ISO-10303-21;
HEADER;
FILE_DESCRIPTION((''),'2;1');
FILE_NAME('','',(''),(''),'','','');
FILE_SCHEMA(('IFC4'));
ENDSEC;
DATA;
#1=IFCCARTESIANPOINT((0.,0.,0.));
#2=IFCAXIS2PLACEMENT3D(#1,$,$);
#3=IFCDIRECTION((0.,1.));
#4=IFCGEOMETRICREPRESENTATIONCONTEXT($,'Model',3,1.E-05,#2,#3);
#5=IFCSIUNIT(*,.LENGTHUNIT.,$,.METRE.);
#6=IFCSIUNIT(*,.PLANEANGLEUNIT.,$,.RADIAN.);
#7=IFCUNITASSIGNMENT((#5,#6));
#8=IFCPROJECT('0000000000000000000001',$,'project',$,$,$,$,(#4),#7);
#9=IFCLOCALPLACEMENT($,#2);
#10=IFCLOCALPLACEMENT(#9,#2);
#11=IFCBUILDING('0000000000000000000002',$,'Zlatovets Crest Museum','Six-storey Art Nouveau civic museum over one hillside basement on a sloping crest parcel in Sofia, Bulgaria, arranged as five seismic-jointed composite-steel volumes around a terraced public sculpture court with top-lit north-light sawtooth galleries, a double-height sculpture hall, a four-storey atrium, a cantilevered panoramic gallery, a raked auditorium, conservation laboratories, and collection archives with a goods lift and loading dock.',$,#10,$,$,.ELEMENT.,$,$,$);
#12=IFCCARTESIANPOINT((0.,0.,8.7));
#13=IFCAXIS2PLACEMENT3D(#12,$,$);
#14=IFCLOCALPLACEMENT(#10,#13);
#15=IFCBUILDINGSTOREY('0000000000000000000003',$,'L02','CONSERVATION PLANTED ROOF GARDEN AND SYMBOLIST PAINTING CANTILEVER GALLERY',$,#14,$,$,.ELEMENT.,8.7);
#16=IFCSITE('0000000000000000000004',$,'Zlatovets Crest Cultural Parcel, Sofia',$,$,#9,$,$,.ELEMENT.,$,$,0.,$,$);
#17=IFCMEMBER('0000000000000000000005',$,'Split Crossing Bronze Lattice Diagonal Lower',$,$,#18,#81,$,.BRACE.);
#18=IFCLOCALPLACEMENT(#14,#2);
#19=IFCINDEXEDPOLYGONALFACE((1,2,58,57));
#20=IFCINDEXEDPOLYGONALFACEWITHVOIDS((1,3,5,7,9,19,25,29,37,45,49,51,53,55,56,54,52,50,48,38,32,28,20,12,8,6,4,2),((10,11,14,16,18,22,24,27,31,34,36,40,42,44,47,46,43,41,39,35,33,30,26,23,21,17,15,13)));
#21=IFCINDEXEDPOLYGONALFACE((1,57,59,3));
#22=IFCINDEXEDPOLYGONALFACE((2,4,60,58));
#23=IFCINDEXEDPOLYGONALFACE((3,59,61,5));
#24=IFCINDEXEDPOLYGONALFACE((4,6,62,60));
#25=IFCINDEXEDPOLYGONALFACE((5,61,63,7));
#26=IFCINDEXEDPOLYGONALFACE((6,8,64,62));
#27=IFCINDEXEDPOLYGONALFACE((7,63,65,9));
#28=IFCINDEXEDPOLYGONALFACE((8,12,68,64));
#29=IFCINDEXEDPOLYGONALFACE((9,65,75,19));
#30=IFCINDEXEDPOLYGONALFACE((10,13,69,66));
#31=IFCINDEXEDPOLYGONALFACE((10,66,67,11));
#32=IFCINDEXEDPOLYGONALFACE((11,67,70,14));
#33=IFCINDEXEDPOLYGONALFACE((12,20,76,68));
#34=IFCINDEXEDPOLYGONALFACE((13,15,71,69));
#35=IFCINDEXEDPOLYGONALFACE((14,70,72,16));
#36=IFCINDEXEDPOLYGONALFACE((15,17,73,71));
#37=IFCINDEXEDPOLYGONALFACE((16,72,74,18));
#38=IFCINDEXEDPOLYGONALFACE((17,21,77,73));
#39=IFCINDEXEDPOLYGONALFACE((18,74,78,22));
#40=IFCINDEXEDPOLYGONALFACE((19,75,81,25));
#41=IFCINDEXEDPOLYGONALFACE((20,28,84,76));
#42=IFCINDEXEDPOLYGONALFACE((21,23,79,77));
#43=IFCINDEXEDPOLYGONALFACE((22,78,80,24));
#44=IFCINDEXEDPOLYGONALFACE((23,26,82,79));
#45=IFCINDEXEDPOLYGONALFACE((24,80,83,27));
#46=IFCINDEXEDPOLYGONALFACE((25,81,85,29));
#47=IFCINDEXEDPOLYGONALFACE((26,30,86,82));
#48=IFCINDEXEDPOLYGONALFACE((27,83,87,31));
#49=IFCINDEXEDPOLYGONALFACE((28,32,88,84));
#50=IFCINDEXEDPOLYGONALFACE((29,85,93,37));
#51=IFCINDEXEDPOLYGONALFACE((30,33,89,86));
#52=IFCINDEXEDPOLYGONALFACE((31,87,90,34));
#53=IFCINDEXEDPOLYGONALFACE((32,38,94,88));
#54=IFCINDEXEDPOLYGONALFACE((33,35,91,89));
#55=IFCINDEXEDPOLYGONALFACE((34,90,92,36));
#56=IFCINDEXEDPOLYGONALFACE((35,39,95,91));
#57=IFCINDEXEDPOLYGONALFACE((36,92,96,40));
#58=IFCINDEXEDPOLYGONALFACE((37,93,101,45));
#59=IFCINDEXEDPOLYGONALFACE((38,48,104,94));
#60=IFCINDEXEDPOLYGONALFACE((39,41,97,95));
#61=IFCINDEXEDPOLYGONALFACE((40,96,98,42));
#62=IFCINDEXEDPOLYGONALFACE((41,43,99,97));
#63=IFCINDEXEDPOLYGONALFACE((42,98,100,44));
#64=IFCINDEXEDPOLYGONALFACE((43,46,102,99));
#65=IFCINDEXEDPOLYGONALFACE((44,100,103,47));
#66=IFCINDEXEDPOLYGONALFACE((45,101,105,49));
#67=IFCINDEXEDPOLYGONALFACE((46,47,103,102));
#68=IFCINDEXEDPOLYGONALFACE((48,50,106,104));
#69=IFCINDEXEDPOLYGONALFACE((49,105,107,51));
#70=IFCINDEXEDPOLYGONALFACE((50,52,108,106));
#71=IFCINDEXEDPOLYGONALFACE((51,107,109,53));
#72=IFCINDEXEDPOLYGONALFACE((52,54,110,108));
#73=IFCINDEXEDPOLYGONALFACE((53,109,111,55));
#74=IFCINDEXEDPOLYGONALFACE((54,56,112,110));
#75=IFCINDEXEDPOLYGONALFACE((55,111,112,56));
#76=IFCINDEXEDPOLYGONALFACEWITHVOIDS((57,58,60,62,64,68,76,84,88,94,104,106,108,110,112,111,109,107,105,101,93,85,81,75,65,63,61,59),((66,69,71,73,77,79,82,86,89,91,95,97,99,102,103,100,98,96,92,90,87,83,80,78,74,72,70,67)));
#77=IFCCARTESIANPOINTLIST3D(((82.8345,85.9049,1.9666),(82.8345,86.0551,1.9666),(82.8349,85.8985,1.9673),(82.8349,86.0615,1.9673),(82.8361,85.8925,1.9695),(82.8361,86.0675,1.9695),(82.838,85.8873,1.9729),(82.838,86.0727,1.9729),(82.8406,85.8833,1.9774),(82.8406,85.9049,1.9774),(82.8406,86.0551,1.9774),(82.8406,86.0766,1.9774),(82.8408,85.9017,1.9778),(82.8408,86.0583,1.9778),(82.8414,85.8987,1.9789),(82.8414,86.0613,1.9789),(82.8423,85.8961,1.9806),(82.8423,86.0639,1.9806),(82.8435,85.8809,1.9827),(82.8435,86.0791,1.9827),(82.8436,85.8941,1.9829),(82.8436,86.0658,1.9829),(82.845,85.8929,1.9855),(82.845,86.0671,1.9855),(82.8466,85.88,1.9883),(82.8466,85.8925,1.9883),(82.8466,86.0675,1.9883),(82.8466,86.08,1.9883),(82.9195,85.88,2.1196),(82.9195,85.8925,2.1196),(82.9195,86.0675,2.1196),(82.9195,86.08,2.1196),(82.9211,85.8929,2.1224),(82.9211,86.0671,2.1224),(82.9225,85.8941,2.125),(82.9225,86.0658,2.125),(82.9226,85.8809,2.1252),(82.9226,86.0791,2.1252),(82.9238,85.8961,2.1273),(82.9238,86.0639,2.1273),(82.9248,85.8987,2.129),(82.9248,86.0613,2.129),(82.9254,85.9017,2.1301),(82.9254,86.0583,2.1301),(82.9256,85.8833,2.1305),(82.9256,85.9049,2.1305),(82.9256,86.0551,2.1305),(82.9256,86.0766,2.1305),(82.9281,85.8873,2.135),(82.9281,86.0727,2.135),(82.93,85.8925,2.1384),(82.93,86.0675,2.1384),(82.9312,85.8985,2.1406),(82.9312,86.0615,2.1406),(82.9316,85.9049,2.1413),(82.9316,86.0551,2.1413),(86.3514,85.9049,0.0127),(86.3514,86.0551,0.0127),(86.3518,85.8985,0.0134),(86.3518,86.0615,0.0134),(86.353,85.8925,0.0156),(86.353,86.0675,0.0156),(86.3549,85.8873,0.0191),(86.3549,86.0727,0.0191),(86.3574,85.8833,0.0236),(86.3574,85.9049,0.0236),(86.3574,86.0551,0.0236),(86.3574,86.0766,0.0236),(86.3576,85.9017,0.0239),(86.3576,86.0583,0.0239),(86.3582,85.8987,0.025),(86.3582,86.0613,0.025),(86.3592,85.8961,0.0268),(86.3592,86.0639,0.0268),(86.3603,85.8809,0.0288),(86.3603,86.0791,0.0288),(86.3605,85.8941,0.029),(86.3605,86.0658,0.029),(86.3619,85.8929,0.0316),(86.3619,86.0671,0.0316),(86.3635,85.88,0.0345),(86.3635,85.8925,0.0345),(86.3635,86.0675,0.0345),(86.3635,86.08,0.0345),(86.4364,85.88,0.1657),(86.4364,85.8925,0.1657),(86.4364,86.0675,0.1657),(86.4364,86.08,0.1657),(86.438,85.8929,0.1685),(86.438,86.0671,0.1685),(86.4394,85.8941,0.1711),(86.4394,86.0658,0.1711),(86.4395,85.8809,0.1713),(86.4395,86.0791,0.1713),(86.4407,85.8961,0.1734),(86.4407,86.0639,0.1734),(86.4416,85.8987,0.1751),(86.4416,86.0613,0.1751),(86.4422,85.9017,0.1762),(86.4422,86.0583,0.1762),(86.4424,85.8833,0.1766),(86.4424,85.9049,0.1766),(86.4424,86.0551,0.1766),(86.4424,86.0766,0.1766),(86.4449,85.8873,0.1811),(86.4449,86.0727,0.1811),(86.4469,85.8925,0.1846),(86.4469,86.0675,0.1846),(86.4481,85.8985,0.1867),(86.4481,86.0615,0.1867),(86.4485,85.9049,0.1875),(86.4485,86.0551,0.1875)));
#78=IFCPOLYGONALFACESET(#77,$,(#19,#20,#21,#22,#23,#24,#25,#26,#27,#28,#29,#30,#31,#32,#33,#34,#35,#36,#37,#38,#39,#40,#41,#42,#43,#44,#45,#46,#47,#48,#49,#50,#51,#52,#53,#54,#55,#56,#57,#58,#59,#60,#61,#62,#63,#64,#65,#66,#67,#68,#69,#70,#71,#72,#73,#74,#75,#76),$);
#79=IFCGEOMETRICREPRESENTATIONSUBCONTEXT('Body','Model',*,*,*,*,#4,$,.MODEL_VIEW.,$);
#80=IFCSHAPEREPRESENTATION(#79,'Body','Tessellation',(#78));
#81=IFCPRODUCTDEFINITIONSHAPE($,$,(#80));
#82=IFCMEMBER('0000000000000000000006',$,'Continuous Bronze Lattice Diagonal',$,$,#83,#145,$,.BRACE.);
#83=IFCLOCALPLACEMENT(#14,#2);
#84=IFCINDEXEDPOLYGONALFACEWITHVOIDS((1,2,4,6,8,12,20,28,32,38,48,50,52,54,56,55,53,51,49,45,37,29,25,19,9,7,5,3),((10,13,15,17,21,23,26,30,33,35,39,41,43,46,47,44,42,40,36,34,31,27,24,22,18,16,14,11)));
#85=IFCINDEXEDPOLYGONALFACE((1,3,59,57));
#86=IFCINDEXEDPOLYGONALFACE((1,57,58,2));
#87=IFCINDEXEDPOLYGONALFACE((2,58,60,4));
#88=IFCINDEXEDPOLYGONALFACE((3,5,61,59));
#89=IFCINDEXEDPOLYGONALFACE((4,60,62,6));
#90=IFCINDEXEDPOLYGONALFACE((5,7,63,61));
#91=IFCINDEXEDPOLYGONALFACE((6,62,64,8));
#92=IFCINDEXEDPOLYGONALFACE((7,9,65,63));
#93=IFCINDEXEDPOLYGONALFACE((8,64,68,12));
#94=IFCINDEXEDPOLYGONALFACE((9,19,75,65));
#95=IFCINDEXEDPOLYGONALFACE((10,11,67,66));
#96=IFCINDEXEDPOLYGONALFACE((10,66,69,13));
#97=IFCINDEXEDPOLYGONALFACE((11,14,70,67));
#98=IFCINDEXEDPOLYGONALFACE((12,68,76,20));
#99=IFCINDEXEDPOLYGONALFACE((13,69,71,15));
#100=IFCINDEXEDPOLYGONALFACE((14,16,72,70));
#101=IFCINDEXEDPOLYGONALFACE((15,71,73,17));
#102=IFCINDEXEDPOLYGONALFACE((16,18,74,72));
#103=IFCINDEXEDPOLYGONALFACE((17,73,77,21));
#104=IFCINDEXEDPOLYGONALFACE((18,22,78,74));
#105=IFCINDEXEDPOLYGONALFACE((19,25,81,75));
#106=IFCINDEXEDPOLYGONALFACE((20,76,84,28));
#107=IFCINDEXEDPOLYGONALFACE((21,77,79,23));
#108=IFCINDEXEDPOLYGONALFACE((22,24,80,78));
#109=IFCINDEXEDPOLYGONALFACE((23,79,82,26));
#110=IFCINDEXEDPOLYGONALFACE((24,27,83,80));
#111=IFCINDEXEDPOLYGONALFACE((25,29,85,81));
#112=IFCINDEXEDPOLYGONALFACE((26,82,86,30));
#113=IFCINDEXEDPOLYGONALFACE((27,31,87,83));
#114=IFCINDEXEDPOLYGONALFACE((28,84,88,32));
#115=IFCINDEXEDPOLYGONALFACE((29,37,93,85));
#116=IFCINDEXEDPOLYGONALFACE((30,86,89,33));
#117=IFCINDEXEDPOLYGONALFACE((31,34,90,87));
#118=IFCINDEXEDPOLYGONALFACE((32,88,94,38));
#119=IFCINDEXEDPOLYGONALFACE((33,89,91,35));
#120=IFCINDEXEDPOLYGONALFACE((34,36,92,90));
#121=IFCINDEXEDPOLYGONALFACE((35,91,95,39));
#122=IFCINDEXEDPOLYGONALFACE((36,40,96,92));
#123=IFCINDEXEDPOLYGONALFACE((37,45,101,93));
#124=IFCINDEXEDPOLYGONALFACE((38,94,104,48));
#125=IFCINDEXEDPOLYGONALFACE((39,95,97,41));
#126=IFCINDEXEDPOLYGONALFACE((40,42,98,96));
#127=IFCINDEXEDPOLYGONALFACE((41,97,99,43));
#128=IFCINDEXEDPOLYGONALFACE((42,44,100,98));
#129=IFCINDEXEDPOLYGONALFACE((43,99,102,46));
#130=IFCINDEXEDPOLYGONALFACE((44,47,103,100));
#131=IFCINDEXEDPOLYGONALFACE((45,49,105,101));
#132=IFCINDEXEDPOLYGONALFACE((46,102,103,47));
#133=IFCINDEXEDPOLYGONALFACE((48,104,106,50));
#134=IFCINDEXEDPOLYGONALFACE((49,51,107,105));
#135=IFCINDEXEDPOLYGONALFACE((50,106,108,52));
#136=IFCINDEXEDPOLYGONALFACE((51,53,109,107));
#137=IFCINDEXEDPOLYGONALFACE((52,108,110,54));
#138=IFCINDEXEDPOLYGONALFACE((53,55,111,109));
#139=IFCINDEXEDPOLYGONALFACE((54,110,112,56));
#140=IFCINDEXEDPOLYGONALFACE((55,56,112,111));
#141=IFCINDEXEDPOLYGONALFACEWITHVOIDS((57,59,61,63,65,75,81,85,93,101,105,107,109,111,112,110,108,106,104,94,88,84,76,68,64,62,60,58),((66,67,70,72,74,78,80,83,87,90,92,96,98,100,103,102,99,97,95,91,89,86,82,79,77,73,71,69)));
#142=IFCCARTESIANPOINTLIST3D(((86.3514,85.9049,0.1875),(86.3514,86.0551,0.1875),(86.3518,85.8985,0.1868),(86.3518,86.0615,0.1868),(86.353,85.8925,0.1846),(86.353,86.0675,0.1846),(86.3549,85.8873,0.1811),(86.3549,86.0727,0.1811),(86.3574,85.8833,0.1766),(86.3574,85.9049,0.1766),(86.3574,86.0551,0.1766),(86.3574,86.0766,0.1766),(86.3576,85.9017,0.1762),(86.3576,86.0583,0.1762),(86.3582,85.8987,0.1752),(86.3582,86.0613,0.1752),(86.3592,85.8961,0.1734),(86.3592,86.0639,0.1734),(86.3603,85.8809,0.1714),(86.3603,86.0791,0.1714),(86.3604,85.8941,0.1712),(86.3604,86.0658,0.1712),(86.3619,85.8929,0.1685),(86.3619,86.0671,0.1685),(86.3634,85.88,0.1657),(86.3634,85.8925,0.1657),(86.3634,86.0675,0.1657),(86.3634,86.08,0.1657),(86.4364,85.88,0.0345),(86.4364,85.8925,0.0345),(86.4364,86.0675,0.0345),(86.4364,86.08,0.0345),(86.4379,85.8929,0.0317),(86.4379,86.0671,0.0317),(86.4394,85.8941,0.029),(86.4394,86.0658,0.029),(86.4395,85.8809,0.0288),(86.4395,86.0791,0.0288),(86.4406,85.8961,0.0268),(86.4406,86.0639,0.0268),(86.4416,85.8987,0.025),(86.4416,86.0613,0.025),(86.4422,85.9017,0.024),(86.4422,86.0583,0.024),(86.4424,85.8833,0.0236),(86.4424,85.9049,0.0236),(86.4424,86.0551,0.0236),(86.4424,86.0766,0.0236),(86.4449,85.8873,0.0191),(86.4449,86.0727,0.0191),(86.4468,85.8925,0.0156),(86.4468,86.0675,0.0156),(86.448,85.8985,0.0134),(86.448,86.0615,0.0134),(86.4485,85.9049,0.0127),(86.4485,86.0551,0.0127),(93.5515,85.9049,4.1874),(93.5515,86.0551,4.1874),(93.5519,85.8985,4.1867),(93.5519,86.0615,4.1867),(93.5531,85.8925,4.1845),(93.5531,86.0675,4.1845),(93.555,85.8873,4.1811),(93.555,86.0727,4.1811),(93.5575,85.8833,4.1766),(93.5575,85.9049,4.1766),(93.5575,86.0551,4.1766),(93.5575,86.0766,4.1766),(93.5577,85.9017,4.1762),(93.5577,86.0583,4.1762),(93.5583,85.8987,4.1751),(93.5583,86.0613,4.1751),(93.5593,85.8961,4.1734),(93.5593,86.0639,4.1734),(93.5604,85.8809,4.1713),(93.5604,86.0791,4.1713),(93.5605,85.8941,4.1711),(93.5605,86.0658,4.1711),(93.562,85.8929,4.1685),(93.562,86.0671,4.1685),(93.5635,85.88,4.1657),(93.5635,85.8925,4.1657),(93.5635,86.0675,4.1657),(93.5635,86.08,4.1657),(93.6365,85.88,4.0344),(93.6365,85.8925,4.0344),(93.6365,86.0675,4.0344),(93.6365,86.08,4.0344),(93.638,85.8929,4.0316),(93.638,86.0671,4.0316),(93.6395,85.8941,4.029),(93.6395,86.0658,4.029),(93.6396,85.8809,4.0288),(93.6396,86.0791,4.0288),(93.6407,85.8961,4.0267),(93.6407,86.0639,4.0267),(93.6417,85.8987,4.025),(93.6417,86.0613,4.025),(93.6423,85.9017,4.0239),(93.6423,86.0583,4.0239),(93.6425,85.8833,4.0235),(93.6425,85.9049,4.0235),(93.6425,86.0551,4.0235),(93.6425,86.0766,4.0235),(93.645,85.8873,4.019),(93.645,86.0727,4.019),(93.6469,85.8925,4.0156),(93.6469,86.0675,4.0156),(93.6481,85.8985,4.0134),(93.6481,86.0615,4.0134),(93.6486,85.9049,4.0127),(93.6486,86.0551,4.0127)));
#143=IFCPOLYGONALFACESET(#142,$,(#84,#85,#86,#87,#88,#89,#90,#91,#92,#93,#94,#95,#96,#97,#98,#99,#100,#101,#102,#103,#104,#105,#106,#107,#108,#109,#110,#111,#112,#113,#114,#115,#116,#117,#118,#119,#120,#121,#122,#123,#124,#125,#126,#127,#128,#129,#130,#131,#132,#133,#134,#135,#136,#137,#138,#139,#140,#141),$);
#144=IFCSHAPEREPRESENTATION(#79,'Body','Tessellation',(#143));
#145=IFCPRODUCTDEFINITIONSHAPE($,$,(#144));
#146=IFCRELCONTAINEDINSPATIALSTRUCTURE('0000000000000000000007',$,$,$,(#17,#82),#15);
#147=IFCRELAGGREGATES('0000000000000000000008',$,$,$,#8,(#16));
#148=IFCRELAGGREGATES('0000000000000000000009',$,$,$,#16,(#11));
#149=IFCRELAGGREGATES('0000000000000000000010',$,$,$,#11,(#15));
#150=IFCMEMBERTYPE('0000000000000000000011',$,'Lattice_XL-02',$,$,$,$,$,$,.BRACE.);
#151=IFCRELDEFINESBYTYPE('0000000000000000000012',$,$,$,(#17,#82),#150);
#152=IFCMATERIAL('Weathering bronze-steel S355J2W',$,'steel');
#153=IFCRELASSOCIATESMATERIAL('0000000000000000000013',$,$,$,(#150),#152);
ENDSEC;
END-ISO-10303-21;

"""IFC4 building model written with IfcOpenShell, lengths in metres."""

from ifc_helpers import new_model, si_unit, direction, frame, origin, origin_2d, place, context, subcontext, project, spatial, hollow_rectangle, extrude, material, material_profile, profile_set, type_object, element, save


model = new_model("IFC4")

# Units and contexts
model_context = context("Model", 3, precision=1e-05, world=origin(), true_north=direction((0.0, 1.0)))
body_context = subcontext(model_context, "Body", "Model", "MODEL_VIEW")
ifc_project = project(units=[si_unit("LENGTHUNIT", "METRE"), si_unit("PLANEANGLEUNIT", "RADIAN")], contexts=[model_context])

# Site, building, storey
site_placement = place(None, origin())
site = spatial("IfcSite", under=ifc_project, at=site_placement, Name="Zlatovets Crest Cultural Parcel, Sofia", CompositionType="ELEMENT", RefElevation=0.0)
building_placement = place(site_placement, origin())
building = spatial("IfcBuilding", under=site, at=building_placement, Name="Zlatovets Crest Museum", Description="Six-storey Art Nouveau civic museum over one hillside basement on a sloping crest parcel in Sofia, Bulgaria, arranged as five seismic-jointed composite-steel volumes around a terraced public sculpture court with top-lit north-light sawtooth galleries, a double-height sculpture hall, a four-storey atrium, a cantilevered panoramic gallery, a raked auditorium, conservation laboratories, and collection archives with a goods lift and loading dock.", CompositionType="ELEMENT")
storey_placement = place(building_placement, frame((0.0, 0.0, 8.7)))
storey = spatial("IfcBuildingStorey", under=building, at=storey_placement, Name="L02", Description="CONSERVATION PLANTED ROOF GARDEN AND SYMBOLIST PAINTING CANTILEVER GALLERY", CompositionType="ELEMENT", Elevation=8.7)

# Members
ifc_material_1 = material(Name="Weathering bronze-steel S355J2W", Category="steel")
ifc_material_profile_1 = material_profile(ifc_material_1, hollow_rectangle(XDim=0.2, YDim=0.2, WallThickness=0.0125, InnerFilletRadius=0.0125, OuterFilletRadius=0.0249, at=origin_2d()), Name="SHS 200x200x12.5")
ifc_profile_set_1 = profile_set([ifc_material_profile_1], Name="Weathering bronze-steel S355J2W")
member_type_1 = type_object("IfcMemberType", Name="Lattice_XL-02", PredefinedType="BRACE", material=ifc_profile_set_1)
member_1_placement = place(storey_placement, frame((82.8831, 85.98, 2.054), z_axis=(0.874152, 0.0, -0.485653), x_axis=(0.0, 1.0, 0.0)))
element("IfcMember", 1, at=member_1_placement, inside=storey, type_object=member_type_1, Name="Split Crossing Bronze Lattice Diagonal Lower", PredefinedType="BRACE", context=body_context, shape_type="SweptSolid", body=[
    extrude(hollow_rectangle(XDim=0.2, YDim=0.2, WallThickness=0.0125, InnerFilletRadius=0.0125, OuterFilletRadius=0.0249, at=origin_2d()), origin(), (0.0, 0.0, 1.0), 4.0232),
])
member_2_placement = place(storey_placement, frame((86.3999, 85.98, 0.1001), z_axis=(0.874163, 0.0, 0.485633), x_axis=(0.0, 1.0, 0.0)))
element("IfcMember", 2, at=member_2_placement, inside=storey, type_object=member_type_1, Name="Continuous Bronze Lattice Diagonal", PredefinedType="BRACE", context=body_context, shape_type="SweptSolid", body=[
    extrude(hollow_rectangle(XDim=0.2, YDim=0.2, WallThickness=0.0125, InnerFilletRadius=0.0125, OuterFilletRadius=0.0249, at=origin_2d()), origin(), (0.0, 0.0, 1.0), 8.2366),
])

save(model, "model.ifc")
